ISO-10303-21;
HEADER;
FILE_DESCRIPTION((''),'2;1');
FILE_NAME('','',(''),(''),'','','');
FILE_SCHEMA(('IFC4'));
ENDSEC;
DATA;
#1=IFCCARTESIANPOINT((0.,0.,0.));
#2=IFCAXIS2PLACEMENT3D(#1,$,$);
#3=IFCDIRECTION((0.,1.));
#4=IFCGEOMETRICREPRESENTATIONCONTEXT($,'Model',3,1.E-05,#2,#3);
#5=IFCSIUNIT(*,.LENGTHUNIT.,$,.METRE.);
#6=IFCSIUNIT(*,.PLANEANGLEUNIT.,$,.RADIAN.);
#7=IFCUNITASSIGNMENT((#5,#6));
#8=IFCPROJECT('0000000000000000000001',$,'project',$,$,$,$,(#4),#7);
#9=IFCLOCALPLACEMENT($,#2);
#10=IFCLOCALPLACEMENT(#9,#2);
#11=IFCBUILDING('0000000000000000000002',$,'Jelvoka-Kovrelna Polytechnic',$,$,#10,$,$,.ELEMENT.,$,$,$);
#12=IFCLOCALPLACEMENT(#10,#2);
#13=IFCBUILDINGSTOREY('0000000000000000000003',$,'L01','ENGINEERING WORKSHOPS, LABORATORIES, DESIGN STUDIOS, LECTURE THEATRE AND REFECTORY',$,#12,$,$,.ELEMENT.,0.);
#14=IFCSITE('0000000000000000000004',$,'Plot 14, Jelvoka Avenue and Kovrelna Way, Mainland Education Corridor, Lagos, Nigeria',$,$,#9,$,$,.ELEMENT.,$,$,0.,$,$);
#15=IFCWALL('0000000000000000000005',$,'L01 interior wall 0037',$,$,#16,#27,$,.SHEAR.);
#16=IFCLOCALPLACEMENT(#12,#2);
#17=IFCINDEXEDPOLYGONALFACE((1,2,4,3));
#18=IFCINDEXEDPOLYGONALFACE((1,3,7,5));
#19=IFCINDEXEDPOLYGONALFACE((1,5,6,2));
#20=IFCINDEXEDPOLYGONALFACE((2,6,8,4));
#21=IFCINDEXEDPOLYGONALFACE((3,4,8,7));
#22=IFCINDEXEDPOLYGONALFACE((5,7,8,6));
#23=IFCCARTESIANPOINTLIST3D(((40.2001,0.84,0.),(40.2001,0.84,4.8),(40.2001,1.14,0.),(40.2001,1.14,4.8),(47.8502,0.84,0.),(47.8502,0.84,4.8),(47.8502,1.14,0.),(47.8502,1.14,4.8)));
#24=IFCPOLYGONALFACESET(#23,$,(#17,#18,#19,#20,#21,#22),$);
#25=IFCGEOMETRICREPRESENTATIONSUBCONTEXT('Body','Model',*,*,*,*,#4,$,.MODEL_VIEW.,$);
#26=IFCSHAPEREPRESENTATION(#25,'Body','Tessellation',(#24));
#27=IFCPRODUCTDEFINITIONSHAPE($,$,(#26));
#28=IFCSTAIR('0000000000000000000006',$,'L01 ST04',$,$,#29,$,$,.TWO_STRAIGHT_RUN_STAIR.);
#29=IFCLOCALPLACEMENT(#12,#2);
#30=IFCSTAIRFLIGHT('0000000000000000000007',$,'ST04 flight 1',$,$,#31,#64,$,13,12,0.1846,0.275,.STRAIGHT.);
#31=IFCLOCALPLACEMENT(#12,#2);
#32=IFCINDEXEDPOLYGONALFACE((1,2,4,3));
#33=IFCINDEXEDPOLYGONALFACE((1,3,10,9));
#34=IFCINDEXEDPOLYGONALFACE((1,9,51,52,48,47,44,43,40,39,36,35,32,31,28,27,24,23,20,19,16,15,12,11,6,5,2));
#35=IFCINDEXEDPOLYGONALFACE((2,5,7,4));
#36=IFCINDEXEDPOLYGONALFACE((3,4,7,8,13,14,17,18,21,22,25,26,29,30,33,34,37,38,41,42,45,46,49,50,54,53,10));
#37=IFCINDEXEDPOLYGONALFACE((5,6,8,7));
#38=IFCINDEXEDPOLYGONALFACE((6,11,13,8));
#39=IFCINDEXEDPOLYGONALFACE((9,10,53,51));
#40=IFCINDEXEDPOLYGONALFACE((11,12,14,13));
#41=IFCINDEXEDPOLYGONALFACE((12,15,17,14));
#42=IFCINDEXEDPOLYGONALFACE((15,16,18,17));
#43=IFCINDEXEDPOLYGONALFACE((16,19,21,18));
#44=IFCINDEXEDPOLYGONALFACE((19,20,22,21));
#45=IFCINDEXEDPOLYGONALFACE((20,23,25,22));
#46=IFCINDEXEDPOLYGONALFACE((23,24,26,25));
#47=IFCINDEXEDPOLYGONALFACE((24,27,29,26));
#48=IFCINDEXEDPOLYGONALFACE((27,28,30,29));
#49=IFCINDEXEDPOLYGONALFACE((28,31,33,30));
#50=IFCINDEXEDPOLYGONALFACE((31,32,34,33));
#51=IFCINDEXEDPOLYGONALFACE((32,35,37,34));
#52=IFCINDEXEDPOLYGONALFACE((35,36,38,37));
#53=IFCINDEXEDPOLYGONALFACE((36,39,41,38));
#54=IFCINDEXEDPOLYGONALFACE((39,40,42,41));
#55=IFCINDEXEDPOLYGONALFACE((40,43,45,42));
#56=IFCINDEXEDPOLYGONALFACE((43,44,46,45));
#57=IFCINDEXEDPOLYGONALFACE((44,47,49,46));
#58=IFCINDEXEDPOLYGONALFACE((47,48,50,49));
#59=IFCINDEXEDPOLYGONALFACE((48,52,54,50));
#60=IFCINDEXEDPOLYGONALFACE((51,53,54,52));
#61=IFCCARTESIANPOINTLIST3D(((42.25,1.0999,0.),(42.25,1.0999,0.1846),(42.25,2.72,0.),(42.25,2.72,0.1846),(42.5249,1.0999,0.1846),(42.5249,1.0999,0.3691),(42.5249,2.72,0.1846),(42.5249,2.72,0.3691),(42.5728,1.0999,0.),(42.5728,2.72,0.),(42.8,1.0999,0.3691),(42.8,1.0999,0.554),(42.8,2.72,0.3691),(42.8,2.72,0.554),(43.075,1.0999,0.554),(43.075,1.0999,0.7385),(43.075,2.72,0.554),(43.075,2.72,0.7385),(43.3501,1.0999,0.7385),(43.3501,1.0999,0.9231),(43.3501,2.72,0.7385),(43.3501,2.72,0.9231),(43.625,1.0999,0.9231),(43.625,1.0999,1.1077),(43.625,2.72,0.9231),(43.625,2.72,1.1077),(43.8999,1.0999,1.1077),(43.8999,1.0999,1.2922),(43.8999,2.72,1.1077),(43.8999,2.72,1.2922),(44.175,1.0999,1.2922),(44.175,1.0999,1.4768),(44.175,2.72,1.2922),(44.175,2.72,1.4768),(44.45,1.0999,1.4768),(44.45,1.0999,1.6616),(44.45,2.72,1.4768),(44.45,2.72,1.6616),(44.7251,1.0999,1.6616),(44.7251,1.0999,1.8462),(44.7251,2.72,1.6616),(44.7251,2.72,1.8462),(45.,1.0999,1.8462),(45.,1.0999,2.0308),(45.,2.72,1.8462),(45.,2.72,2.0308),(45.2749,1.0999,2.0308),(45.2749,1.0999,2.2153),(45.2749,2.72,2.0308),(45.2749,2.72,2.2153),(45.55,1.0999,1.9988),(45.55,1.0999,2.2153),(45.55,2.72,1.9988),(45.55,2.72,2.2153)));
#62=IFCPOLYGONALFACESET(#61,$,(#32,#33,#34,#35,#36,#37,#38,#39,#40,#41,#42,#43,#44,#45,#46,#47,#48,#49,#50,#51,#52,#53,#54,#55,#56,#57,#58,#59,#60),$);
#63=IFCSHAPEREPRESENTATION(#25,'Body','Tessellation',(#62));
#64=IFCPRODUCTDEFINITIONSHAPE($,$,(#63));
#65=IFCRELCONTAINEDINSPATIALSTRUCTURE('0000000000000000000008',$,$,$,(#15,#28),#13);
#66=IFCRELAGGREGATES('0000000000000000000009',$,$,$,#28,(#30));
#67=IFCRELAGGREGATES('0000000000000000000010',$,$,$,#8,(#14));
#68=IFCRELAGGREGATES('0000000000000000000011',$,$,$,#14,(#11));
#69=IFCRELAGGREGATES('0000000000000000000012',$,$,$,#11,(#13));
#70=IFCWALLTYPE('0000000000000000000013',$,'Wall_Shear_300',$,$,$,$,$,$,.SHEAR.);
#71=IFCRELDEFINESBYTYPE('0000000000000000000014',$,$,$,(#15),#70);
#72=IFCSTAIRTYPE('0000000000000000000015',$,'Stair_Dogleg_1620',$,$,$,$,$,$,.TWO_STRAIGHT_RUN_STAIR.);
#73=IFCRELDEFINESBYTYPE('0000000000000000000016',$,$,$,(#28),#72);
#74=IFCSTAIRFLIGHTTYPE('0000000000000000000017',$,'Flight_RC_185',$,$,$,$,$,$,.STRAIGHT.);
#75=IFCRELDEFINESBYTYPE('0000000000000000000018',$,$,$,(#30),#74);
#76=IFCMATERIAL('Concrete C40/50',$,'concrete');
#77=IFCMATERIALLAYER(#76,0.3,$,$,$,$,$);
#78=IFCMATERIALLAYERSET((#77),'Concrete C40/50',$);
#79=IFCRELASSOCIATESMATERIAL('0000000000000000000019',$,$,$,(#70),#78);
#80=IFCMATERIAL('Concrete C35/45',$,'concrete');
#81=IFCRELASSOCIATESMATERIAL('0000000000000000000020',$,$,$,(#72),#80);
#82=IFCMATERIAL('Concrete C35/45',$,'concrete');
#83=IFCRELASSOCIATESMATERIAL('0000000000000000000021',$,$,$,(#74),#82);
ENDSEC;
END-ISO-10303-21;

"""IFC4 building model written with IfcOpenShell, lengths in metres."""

from ifc_helpers import new_model, si_unit, direction, frame, frame_2d, origin, place, context, subcontext, project, spatial, polyline, rectangle, outline, extrude, material, layer, layer_set, type_object, element, aggregate, save


model = new_model("IFC4")

# Units and contexts
model_context = context("Model", 3, precision=1e-05, world=origin(), true_north=direction((0.0, 1.0)))
body_context = subcontext(model_context, "Body", "Model", "MODEL_VIEW")
ifc_project = project(units=[si_unit("LENGTHUNIT", "METRE"), si_unit("PLANEANGLEUNIT", "RADIAN")], contexts=[model_context])

# Site, building, storey
site_placement = place(None, origin())
site = spatial("IfcSite", under=ifc_project, at=site_placement, Name="Plot 14, Jelvoka Avenue and Kovrelna Way, Mainland Education Corridor, Lagos, Nigeria", CompositionType="ELEMENT", RefElevation=0.0)
building_placement = place(site_placement, origin())
building = spatial("IfcBuilding", under=site, at=building_placement, Name="Jelvoka-Kovrelna Polytechnic", CompositionType="ELEMENT")
storey_placement = place(building_placement, origin())
storey = spatial("IfcBuildingStorey", under=building, at=storey_placement, Name="L01", Description="ENGINEERING WORKSHOPS, LABORATORIES, DESIGN STUDIOS, LECTURE THEATRE AND REFECTORY", CompositionType="ELEMENT", Elevation=0.0)

# Wall
ifc_material_1 = material(Name="Concrete C40/50", Category="concrete")
ifc_layer_1 = layer(ifc_material_1, 0.3)
ifc_layer_set_1 = layer_set([ifc_layer_1], Name="Concrete C40/50")
wall_type_1 = type_object("IfcWallType", Name="Wall_Shear_300", PredefinedType="SHEAR", material=ifc_layer_set_1)
wall_1_placement = place(storey_placement, frame((40.2, 0.99, 0.0), z_axis=(0.0, 0.0, 1.0), x_axis=(1.0, 0.0, 0.0)))
element("IfcWall", 1, at=wall_1_placement, inside=storey, type_object=wall_type_1, Name="L01 interior wall 0037", PredefinedType="SHEAR", context=body_context, shape_type="SweptSolid", body=[
    extrude(rectangle(XDim=7.6501, YDim=0.3, at=frame_2d((3.8252, 0.0))), origin(), (0.0, 0.0, 1.0), 4.8),
])

# Stair, stair flight
ifc_material_2 = material(Name="Concrete C35/45", Category="concrete")
stair_type = type_object("IfcStairType", Name="Stair_Dogleg_1620", PredefinedType="TWO_STRAIGHT_RUN_STAIR", material=ifc_material_2)
stair_placement = place(storey_placement, origin())
stair = element("IfcStair", 2, at=stair_placement, inside=storey, type_object=stair_type, Name="L01 ST04", PredefinedType="TWO_STRAIGHT_RUN_STAIR")
ifc_material_3 = material(Name="Concrete C35/45", Category="concrete")
stair_flight_type = type_object("IfcStairFlightType", Name="Flight_RC_185", PredefinedType="STRAIGHT", material=ifc_material_3)
stair_flight_placement = place(storey_placement, frame((42.25, 1.9099, 0.0), z_axis=(0.0, 0.0, 1.0), x_axis=(1.0, 0.0, 0.0)))
stair_flight = element("IfcStairFlight", 3, at=stair_flight_placement, type_object=stair_flight_type, Name="ST04 flight 1", NumberOfRisers=13, NumberOfTreads=12, PredefinedType="STRAIGHT", RiserHeight=0.1846, TreadLength=0.275, context=body_context, shape_type="SweptSolid", body=[
    extrude(outline(polyline([(0.0, 0.0), (0.0, 0.1846), (0.2749, 0.1846), (0.2749, 0.3691), (0.55, 0.3691), (0.55, 0.554), (0.825, 0.554), (0.825, 0.7385), (1.1001, 0.7385), (1.1001, 0.9231), (1.375, 0.9231), (1.375, 1.1077), (1.6499, 1.1077), (1.6499, 1.2922), (1.925, 1.2922), (1.925, 1.4768), (2.2, 1.4768), (2.2, 1.6616), (2.4751, 1.6616), (2.4751, 1.8462), (2.75, 1.8462), (2.75, 2.0308), (3.0249, 2.0308), (3.0249, 2.2153), (3.3, 2.2153), (3.3, 2.3999), (3.3, 1.9988), (0.3228, 0.0), (0.0, 0.0)])), frame((0.0, 0.8101, 0.0), z_axis=(0.0, -1.0, 0.0), x_axis=(1.0, 0.0, 0.0)), (0.0, 0.0, 1.0), 1.6201),
])
aggregate(stair, [stair_flight])

save(model, "model.ifc")
